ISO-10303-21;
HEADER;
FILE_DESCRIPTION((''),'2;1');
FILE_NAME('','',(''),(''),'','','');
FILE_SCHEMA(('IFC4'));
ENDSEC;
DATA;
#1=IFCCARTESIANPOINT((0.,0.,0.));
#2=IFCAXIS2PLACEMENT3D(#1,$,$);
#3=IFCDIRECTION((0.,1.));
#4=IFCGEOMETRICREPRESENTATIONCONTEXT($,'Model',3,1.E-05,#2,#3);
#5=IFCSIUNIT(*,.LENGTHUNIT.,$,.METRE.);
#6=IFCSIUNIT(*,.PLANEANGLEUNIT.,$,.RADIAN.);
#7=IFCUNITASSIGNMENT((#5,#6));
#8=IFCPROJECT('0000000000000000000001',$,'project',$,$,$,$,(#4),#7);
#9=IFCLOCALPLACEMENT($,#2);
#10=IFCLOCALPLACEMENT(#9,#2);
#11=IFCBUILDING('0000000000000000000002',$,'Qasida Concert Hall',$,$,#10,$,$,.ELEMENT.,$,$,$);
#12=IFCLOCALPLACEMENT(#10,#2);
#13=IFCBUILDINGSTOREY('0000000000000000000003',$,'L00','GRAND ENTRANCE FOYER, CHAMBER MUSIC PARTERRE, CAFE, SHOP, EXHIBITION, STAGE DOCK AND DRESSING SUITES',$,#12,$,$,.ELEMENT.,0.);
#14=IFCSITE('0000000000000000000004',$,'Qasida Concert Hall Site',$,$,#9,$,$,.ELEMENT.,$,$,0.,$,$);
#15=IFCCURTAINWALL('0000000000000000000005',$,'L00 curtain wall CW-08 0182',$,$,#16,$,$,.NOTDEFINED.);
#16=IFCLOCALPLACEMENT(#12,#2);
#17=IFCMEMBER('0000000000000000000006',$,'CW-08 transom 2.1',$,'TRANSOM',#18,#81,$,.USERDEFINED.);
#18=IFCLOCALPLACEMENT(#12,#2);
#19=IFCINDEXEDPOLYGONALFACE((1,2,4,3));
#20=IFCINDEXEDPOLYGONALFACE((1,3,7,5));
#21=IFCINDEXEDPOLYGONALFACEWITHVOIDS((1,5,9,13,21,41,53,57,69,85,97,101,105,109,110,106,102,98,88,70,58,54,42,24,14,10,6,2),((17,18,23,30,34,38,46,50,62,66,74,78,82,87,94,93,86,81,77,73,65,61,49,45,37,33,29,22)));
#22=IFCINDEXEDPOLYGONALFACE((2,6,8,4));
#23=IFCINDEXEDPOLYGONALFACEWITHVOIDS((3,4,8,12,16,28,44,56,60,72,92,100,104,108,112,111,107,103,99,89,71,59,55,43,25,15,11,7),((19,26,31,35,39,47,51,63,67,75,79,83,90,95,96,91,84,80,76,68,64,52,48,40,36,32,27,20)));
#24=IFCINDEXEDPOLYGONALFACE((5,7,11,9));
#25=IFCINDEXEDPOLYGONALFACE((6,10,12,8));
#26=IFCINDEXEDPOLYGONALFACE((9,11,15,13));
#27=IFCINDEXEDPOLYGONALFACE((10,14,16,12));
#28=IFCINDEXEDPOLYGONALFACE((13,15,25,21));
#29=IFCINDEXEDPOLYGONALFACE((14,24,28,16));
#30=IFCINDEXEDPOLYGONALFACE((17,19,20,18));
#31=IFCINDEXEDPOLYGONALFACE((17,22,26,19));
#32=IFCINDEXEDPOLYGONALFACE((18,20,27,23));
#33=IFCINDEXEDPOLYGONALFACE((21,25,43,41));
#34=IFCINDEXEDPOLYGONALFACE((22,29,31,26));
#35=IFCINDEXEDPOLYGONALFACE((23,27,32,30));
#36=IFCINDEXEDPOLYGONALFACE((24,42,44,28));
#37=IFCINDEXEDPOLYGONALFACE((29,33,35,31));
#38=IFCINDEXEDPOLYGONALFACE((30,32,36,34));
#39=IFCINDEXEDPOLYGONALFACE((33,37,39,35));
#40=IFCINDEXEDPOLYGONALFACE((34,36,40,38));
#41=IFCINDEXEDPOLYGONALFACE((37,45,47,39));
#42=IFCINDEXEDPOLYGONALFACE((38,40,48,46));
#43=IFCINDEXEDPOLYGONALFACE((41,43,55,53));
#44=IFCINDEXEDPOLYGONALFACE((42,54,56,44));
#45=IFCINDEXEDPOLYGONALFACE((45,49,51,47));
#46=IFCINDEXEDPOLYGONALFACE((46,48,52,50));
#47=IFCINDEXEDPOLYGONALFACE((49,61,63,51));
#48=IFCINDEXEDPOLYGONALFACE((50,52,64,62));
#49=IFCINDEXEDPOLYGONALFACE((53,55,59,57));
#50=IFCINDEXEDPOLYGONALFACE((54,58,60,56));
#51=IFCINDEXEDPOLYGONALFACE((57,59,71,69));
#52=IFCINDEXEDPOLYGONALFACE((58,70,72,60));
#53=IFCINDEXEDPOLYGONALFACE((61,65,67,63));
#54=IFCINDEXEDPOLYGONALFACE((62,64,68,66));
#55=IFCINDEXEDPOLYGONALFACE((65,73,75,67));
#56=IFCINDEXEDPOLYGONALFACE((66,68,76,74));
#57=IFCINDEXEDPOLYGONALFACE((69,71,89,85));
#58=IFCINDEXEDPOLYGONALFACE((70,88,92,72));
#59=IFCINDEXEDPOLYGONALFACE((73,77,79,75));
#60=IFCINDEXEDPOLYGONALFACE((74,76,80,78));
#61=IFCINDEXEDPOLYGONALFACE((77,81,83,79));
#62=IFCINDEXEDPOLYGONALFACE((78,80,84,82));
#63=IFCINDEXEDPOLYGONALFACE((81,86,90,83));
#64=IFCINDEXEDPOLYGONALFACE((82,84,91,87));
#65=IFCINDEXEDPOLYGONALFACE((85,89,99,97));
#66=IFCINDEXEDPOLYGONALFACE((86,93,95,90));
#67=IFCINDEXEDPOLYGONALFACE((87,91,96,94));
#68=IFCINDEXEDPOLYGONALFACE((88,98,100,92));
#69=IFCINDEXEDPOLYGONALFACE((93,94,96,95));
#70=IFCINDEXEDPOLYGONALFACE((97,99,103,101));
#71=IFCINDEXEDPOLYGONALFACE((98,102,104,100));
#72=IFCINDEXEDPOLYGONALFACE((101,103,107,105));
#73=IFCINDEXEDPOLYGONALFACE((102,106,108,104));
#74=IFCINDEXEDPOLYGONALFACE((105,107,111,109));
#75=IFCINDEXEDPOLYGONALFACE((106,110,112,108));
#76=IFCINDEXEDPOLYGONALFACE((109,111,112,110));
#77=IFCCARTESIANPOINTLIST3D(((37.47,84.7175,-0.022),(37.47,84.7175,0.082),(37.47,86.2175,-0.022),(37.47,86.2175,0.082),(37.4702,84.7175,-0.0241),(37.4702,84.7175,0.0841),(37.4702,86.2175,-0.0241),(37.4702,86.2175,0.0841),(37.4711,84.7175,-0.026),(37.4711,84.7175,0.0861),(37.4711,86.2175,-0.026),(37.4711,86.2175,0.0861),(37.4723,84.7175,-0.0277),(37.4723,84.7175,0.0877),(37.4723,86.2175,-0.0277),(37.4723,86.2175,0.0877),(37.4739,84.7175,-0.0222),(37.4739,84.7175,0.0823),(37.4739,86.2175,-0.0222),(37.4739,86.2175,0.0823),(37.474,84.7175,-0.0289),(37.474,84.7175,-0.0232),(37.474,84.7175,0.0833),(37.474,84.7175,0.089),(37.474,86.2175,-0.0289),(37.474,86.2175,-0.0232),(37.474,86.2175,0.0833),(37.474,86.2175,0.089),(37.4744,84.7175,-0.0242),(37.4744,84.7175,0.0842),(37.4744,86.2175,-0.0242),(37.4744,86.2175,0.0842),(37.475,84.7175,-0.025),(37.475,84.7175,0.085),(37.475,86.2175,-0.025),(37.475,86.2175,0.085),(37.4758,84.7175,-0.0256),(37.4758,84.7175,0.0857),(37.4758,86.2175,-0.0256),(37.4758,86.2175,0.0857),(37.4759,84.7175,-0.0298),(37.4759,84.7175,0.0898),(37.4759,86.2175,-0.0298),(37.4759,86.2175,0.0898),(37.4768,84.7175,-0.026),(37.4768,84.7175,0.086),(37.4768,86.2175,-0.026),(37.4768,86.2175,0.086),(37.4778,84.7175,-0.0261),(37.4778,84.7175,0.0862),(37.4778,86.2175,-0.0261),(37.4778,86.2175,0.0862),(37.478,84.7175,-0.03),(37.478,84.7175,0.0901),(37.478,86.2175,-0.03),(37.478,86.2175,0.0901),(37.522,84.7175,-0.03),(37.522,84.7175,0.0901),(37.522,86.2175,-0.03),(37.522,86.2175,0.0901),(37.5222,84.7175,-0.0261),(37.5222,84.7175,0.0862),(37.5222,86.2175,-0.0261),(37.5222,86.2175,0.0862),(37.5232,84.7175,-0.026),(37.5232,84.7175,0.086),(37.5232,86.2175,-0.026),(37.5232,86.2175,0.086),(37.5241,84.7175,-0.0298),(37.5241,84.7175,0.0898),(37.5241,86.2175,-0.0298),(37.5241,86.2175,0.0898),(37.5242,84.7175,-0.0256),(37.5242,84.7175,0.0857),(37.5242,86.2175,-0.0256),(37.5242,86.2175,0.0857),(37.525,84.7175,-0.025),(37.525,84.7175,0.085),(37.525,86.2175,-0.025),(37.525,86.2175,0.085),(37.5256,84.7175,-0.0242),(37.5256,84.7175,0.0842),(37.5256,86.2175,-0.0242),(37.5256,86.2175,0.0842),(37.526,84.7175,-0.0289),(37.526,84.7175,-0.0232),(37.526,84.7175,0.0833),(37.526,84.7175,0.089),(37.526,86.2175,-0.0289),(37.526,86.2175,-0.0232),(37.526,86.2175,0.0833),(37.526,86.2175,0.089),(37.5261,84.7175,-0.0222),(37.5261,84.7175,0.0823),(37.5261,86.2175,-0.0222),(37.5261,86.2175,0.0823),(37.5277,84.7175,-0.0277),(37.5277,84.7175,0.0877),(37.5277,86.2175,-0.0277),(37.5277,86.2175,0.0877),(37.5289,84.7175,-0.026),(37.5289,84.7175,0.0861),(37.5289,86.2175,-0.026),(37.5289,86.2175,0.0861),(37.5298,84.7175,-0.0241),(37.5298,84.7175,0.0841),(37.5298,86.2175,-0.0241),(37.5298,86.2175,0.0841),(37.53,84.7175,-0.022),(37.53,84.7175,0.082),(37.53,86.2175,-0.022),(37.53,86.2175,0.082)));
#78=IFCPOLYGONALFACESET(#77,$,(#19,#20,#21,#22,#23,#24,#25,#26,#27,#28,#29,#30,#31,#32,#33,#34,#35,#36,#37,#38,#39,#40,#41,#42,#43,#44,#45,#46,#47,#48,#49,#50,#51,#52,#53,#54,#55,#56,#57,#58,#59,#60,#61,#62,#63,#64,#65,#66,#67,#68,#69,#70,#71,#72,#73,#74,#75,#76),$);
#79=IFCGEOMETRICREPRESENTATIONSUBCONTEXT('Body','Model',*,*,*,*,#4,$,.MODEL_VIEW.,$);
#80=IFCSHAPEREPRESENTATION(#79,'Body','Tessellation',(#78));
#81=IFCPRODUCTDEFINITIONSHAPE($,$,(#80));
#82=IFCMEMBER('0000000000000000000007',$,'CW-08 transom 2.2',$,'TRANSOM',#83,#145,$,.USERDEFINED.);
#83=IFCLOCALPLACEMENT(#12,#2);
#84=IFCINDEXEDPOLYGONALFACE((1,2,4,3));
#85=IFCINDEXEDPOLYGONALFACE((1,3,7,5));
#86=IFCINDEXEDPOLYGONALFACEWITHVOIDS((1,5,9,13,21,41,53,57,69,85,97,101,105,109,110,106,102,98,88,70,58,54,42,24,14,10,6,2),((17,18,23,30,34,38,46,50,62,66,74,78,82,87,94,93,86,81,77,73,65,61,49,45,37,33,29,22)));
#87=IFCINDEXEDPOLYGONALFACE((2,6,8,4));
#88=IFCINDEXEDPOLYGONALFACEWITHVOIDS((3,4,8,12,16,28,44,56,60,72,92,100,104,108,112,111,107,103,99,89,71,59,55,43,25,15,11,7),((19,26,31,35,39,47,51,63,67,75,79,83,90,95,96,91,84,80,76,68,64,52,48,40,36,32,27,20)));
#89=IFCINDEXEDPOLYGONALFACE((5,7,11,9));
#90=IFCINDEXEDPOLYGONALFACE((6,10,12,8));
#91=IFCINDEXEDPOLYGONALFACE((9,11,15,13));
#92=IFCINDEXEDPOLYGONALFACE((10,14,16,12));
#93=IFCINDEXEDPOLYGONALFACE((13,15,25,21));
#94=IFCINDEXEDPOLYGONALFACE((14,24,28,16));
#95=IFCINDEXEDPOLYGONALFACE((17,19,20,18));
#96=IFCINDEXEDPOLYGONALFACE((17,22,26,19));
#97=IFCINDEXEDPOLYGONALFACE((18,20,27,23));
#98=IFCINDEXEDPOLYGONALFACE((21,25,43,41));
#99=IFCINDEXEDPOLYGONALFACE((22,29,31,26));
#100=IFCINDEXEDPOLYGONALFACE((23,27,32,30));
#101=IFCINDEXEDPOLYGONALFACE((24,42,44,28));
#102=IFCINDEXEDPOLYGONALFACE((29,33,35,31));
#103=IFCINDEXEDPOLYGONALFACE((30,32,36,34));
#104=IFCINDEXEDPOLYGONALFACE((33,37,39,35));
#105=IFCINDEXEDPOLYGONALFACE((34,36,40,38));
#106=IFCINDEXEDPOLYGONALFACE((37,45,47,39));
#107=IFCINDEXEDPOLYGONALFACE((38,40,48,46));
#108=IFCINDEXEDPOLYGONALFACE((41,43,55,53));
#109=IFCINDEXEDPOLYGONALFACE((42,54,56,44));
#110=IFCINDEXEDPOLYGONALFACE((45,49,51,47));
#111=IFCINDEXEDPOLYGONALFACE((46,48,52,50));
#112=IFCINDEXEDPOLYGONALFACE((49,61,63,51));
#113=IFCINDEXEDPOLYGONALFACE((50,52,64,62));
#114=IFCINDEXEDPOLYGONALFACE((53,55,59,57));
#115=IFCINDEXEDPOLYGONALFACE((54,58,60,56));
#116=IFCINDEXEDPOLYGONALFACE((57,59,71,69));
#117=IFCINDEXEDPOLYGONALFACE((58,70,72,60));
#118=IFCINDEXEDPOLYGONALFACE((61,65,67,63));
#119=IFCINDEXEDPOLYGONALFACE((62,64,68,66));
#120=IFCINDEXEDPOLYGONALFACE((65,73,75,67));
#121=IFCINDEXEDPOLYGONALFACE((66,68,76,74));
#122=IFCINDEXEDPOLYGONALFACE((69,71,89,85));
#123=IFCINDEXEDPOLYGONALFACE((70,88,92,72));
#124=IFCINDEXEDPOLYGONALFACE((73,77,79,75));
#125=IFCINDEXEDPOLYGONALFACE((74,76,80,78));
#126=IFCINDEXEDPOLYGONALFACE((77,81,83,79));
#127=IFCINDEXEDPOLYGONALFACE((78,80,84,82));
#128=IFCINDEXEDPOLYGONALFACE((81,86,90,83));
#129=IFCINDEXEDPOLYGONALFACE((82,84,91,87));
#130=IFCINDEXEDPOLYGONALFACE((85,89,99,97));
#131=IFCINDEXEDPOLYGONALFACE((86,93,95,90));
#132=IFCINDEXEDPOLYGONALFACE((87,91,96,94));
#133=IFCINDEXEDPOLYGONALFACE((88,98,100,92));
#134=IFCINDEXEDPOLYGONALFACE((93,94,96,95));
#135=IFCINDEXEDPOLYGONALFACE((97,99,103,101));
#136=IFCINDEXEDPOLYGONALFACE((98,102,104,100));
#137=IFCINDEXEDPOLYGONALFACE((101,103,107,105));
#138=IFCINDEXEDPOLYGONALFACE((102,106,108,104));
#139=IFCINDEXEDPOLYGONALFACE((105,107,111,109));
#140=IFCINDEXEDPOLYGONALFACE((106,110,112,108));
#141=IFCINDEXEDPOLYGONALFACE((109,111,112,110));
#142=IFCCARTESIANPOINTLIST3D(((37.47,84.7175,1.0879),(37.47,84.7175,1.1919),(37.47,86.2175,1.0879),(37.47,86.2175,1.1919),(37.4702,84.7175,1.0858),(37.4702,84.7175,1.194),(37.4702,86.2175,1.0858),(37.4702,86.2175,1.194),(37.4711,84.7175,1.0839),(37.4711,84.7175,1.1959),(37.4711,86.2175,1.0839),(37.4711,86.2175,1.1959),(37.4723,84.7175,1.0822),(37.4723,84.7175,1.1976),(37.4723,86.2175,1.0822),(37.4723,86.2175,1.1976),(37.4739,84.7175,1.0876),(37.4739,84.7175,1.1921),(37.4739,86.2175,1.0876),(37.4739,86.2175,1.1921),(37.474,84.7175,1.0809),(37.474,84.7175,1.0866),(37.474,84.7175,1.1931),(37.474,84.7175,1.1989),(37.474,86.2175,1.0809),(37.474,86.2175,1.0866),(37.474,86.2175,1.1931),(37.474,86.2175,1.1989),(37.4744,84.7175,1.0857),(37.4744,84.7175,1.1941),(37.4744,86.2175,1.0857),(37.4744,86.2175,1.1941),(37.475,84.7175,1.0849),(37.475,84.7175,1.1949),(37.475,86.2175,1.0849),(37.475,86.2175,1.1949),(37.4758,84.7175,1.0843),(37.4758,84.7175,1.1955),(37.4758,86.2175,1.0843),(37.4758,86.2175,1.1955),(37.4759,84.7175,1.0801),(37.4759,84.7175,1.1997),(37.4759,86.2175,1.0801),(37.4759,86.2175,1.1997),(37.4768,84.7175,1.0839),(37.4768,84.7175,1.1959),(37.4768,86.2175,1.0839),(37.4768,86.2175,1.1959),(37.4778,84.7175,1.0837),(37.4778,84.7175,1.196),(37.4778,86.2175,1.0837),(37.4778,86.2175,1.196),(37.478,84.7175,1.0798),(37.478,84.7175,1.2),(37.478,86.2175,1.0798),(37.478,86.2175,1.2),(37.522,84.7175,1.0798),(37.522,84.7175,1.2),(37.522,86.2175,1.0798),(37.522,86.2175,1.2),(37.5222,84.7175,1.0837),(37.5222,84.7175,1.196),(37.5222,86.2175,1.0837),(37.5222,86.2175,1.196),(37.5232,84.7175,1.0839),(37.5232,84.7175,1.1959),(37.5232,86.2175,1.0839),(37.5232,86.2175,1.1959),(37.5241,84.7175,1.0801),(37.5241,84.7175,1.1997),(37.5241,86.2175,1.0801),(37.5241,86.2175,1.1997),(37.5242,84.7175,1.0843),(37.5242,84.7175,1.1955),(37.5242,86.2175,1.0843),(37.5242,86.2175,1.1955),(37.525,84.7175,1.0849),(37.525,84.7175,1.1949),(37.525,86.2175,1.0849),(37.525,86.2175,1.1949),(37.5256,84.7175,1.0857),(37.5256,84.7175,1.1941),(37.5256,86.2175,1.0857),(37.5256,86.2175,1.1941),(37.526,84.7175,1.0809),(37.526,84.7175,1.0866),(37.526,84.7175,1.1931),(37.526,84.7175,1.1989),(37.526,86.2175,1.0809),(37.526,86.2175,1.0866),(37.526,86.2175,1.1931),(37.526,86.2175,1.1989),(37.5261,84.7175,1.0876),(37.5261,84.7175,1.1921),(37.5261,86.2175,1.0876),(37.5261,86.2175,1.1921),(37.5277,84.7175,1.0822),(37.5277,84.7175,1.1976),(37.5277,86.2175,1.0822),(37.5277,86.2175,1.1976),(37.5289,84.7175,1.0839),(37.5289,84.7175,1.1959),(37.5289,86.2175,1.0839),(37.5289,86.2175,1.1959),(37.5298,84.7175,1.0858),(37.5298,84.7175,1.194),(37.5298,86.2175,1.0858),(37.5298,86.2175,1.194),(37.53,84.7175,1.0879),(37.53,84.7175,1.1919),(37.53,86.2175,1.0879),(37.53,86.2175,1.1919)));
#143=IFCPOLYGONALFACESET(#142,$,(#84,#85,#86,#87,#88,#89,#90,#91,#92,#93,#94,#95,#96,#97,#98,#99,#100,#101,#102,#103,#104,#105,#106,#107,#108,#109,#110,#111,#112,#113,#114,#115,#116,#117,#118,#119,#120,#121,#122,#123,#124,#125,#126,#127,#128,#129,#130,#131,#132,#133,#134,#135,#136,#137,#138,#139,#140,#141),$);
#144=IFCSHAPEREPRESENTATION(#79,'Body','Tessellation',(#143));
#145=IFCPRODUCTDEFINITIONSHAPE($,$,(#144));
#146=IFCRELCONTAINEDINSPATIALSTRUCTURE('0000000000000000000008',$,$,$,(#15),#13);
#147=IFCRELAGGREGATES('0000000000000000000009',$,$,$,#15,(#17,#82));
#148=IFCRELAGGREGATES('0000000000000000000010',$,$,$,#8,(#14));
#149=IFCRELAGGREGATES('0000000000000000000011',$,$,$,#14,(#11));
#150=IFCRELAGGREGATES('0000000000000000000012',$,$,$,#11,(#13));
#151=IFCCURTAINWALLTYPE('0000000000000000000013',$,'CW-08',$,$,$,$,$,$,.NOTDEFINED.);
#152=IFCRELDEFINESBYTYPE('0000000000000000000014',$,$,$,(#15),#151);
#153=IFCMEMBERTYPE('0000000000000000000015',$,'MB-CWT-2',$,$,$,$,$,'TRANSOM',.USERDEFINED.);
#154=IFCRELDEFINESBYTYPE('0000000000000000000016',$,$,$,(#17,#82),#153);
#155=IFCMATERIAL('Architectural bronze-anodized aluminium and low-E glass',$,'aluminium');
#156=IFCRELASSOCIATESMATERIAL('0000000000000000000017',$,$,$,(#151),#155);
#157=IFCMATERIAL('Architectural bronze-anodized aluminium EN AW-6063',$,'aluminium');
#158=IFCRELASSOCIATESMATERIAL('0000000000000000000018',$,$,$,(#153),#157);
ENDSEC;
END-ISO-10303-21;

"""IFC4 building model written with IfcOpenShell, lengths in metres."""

from ifc_helpers import new_model, si_unit, direction, frame, origin, origin_2d, place, context, subcontext, project, spatial, hollow_rectangle, extrude, material, material_profile, profile_set, type_object, element, aggregate, save


model = new_model("IFC4")

# Units and contexts
model_context = context("Model", 3, precision=1e-05, world=origin(), true_north=direction((0.0, 1.0)))
body_context = subcontext(model_context, "Body", "Model", "MODEL_VIEW")
ifc_project = project(units=[si_unit("LENGTHUNIT", "METRE"), si_unit("PLANEANGLEUNIT", "RADIAN")], contexts=[model_context])

# Site, building, storey
site_placement = place(None, origin())
site = spatial("IfcSite", under=ifc_project, at=site_placement, Name="Qasida Concert Hall Site", CompositionType="ELEMENT", RefElevation=0.0)
building_placement = place(site_placement, origin())
building = spatial("IfcBuilding", under=site, at=building_placement, Name="Qasida Concert Hall", CompositionType="ELEMENT")
storey_placement = place(building_placement, origin())
storey = spatial("IfcBuildingStorey", under=building, at=storey_placement, Name="L00", Description="GRAND ENTRANCE FOYER, CHAMBER MUSIC PARTERRE, CAFE, SHOP, EXHIBITION, STAGE DOCK AND DRESSING SUITES", CompositionType="ELEMENT", Elevation=0.0)

# Curtain wall, members
ifc_material_1 = material(Name="Architectural bronze-anodized aluminium and low-E glass", Category="aluminium")
curtain_wall_type = type_object("IfcCurtainWallType", Name="CW-08", PredefinedType="NOTDEFINED", material=ifc_material_1)
curtain_wall_1_placement = place(storey_placement, origin())
curtain_wall_1 = element("IfcCurtainWall", 1, at=curtain_wall_1_placement, inside=storey, type_object=curtain_wall_type, Name="L00 curtain wall CW-08 0182", PredefinedType="NOTDEFINED")
ifc_material_2 = material(Name="Architectural bronze-anodized aluminium EN AW-6063", Category="aluminium")
ifc_material_profile_1 = material_profile(ifc_material_2, hollow_rectangle(XDim=0.0601, YDim=0.1201, WallThickness=0.0039, InnerFilletRadius=0.0039, OuterFilletRadius=0.0081, at=origin_2d()), Name="CWT 120x60x4")
ifc_profile_set_1 = profile_set([ifc_material_profile_1], Name="Architectural bronze-anodized aluminium EN AW-6063")
member_type_1 = type_object("IfcMemberType", Name="MB-CWT-2", ElementType="TRANSOM", PredefinedType="USERDEFINED", material=ifc_profile_set_1)
member_1_placement = place(storey_placement, frame((37.5, 84.7175, 0.03), z_axis=(0.0, 1.0, 0.0), x_axis=(-1.0, 0.0, 0.0)))
member_1 = element("IfcMember", 2, at=member_1_placement, type_object=member_type_1, Name="CW-08 transom 2.1", ObjectType="TRANSOM", PredefinedType="USERDEFINED", context=body_context, shape_type="SweptSolid", body=[
    extrude(hollow_rectangle(XDim=0.0601, YDim=0.1201, WallThickness=0.0039, InnerFilletRadius=0.0039, OuterFilletRadius=0.0081, at=origin_2d()), origin(), (0.0, 0.0, 1.0), 1.5),
])
member_2_placement = place(storey_placement, frame((37.5, 84.7175, 1.1399), z_axis=(0.0, 1.0, 0.0), x_axis=(-1.0, 0.0, 0.0)))
member_2 = element("IfcMember", 3, at=member_2_placement, type_object=member_type_1, Name="CW-08 transom 2.2", ObjectType="TRANSOM", PredefinedType="USERDEFINED", context=body_context, shape_type="SweptSolid", body=[
    extrude(hollow_rectangle(XDim=0.0601, YDim=0.1201, WallThickness=0.0039, InnerFilletRadius=0.0039, OuterFilletRadius=0.0081, at=origin_2d()), origin(), (0.0, 0.0, 1.0), 1.5),
])
aggregate(curtain_wall_1, [member_1, member_2])

save(model, "model.ifc")
